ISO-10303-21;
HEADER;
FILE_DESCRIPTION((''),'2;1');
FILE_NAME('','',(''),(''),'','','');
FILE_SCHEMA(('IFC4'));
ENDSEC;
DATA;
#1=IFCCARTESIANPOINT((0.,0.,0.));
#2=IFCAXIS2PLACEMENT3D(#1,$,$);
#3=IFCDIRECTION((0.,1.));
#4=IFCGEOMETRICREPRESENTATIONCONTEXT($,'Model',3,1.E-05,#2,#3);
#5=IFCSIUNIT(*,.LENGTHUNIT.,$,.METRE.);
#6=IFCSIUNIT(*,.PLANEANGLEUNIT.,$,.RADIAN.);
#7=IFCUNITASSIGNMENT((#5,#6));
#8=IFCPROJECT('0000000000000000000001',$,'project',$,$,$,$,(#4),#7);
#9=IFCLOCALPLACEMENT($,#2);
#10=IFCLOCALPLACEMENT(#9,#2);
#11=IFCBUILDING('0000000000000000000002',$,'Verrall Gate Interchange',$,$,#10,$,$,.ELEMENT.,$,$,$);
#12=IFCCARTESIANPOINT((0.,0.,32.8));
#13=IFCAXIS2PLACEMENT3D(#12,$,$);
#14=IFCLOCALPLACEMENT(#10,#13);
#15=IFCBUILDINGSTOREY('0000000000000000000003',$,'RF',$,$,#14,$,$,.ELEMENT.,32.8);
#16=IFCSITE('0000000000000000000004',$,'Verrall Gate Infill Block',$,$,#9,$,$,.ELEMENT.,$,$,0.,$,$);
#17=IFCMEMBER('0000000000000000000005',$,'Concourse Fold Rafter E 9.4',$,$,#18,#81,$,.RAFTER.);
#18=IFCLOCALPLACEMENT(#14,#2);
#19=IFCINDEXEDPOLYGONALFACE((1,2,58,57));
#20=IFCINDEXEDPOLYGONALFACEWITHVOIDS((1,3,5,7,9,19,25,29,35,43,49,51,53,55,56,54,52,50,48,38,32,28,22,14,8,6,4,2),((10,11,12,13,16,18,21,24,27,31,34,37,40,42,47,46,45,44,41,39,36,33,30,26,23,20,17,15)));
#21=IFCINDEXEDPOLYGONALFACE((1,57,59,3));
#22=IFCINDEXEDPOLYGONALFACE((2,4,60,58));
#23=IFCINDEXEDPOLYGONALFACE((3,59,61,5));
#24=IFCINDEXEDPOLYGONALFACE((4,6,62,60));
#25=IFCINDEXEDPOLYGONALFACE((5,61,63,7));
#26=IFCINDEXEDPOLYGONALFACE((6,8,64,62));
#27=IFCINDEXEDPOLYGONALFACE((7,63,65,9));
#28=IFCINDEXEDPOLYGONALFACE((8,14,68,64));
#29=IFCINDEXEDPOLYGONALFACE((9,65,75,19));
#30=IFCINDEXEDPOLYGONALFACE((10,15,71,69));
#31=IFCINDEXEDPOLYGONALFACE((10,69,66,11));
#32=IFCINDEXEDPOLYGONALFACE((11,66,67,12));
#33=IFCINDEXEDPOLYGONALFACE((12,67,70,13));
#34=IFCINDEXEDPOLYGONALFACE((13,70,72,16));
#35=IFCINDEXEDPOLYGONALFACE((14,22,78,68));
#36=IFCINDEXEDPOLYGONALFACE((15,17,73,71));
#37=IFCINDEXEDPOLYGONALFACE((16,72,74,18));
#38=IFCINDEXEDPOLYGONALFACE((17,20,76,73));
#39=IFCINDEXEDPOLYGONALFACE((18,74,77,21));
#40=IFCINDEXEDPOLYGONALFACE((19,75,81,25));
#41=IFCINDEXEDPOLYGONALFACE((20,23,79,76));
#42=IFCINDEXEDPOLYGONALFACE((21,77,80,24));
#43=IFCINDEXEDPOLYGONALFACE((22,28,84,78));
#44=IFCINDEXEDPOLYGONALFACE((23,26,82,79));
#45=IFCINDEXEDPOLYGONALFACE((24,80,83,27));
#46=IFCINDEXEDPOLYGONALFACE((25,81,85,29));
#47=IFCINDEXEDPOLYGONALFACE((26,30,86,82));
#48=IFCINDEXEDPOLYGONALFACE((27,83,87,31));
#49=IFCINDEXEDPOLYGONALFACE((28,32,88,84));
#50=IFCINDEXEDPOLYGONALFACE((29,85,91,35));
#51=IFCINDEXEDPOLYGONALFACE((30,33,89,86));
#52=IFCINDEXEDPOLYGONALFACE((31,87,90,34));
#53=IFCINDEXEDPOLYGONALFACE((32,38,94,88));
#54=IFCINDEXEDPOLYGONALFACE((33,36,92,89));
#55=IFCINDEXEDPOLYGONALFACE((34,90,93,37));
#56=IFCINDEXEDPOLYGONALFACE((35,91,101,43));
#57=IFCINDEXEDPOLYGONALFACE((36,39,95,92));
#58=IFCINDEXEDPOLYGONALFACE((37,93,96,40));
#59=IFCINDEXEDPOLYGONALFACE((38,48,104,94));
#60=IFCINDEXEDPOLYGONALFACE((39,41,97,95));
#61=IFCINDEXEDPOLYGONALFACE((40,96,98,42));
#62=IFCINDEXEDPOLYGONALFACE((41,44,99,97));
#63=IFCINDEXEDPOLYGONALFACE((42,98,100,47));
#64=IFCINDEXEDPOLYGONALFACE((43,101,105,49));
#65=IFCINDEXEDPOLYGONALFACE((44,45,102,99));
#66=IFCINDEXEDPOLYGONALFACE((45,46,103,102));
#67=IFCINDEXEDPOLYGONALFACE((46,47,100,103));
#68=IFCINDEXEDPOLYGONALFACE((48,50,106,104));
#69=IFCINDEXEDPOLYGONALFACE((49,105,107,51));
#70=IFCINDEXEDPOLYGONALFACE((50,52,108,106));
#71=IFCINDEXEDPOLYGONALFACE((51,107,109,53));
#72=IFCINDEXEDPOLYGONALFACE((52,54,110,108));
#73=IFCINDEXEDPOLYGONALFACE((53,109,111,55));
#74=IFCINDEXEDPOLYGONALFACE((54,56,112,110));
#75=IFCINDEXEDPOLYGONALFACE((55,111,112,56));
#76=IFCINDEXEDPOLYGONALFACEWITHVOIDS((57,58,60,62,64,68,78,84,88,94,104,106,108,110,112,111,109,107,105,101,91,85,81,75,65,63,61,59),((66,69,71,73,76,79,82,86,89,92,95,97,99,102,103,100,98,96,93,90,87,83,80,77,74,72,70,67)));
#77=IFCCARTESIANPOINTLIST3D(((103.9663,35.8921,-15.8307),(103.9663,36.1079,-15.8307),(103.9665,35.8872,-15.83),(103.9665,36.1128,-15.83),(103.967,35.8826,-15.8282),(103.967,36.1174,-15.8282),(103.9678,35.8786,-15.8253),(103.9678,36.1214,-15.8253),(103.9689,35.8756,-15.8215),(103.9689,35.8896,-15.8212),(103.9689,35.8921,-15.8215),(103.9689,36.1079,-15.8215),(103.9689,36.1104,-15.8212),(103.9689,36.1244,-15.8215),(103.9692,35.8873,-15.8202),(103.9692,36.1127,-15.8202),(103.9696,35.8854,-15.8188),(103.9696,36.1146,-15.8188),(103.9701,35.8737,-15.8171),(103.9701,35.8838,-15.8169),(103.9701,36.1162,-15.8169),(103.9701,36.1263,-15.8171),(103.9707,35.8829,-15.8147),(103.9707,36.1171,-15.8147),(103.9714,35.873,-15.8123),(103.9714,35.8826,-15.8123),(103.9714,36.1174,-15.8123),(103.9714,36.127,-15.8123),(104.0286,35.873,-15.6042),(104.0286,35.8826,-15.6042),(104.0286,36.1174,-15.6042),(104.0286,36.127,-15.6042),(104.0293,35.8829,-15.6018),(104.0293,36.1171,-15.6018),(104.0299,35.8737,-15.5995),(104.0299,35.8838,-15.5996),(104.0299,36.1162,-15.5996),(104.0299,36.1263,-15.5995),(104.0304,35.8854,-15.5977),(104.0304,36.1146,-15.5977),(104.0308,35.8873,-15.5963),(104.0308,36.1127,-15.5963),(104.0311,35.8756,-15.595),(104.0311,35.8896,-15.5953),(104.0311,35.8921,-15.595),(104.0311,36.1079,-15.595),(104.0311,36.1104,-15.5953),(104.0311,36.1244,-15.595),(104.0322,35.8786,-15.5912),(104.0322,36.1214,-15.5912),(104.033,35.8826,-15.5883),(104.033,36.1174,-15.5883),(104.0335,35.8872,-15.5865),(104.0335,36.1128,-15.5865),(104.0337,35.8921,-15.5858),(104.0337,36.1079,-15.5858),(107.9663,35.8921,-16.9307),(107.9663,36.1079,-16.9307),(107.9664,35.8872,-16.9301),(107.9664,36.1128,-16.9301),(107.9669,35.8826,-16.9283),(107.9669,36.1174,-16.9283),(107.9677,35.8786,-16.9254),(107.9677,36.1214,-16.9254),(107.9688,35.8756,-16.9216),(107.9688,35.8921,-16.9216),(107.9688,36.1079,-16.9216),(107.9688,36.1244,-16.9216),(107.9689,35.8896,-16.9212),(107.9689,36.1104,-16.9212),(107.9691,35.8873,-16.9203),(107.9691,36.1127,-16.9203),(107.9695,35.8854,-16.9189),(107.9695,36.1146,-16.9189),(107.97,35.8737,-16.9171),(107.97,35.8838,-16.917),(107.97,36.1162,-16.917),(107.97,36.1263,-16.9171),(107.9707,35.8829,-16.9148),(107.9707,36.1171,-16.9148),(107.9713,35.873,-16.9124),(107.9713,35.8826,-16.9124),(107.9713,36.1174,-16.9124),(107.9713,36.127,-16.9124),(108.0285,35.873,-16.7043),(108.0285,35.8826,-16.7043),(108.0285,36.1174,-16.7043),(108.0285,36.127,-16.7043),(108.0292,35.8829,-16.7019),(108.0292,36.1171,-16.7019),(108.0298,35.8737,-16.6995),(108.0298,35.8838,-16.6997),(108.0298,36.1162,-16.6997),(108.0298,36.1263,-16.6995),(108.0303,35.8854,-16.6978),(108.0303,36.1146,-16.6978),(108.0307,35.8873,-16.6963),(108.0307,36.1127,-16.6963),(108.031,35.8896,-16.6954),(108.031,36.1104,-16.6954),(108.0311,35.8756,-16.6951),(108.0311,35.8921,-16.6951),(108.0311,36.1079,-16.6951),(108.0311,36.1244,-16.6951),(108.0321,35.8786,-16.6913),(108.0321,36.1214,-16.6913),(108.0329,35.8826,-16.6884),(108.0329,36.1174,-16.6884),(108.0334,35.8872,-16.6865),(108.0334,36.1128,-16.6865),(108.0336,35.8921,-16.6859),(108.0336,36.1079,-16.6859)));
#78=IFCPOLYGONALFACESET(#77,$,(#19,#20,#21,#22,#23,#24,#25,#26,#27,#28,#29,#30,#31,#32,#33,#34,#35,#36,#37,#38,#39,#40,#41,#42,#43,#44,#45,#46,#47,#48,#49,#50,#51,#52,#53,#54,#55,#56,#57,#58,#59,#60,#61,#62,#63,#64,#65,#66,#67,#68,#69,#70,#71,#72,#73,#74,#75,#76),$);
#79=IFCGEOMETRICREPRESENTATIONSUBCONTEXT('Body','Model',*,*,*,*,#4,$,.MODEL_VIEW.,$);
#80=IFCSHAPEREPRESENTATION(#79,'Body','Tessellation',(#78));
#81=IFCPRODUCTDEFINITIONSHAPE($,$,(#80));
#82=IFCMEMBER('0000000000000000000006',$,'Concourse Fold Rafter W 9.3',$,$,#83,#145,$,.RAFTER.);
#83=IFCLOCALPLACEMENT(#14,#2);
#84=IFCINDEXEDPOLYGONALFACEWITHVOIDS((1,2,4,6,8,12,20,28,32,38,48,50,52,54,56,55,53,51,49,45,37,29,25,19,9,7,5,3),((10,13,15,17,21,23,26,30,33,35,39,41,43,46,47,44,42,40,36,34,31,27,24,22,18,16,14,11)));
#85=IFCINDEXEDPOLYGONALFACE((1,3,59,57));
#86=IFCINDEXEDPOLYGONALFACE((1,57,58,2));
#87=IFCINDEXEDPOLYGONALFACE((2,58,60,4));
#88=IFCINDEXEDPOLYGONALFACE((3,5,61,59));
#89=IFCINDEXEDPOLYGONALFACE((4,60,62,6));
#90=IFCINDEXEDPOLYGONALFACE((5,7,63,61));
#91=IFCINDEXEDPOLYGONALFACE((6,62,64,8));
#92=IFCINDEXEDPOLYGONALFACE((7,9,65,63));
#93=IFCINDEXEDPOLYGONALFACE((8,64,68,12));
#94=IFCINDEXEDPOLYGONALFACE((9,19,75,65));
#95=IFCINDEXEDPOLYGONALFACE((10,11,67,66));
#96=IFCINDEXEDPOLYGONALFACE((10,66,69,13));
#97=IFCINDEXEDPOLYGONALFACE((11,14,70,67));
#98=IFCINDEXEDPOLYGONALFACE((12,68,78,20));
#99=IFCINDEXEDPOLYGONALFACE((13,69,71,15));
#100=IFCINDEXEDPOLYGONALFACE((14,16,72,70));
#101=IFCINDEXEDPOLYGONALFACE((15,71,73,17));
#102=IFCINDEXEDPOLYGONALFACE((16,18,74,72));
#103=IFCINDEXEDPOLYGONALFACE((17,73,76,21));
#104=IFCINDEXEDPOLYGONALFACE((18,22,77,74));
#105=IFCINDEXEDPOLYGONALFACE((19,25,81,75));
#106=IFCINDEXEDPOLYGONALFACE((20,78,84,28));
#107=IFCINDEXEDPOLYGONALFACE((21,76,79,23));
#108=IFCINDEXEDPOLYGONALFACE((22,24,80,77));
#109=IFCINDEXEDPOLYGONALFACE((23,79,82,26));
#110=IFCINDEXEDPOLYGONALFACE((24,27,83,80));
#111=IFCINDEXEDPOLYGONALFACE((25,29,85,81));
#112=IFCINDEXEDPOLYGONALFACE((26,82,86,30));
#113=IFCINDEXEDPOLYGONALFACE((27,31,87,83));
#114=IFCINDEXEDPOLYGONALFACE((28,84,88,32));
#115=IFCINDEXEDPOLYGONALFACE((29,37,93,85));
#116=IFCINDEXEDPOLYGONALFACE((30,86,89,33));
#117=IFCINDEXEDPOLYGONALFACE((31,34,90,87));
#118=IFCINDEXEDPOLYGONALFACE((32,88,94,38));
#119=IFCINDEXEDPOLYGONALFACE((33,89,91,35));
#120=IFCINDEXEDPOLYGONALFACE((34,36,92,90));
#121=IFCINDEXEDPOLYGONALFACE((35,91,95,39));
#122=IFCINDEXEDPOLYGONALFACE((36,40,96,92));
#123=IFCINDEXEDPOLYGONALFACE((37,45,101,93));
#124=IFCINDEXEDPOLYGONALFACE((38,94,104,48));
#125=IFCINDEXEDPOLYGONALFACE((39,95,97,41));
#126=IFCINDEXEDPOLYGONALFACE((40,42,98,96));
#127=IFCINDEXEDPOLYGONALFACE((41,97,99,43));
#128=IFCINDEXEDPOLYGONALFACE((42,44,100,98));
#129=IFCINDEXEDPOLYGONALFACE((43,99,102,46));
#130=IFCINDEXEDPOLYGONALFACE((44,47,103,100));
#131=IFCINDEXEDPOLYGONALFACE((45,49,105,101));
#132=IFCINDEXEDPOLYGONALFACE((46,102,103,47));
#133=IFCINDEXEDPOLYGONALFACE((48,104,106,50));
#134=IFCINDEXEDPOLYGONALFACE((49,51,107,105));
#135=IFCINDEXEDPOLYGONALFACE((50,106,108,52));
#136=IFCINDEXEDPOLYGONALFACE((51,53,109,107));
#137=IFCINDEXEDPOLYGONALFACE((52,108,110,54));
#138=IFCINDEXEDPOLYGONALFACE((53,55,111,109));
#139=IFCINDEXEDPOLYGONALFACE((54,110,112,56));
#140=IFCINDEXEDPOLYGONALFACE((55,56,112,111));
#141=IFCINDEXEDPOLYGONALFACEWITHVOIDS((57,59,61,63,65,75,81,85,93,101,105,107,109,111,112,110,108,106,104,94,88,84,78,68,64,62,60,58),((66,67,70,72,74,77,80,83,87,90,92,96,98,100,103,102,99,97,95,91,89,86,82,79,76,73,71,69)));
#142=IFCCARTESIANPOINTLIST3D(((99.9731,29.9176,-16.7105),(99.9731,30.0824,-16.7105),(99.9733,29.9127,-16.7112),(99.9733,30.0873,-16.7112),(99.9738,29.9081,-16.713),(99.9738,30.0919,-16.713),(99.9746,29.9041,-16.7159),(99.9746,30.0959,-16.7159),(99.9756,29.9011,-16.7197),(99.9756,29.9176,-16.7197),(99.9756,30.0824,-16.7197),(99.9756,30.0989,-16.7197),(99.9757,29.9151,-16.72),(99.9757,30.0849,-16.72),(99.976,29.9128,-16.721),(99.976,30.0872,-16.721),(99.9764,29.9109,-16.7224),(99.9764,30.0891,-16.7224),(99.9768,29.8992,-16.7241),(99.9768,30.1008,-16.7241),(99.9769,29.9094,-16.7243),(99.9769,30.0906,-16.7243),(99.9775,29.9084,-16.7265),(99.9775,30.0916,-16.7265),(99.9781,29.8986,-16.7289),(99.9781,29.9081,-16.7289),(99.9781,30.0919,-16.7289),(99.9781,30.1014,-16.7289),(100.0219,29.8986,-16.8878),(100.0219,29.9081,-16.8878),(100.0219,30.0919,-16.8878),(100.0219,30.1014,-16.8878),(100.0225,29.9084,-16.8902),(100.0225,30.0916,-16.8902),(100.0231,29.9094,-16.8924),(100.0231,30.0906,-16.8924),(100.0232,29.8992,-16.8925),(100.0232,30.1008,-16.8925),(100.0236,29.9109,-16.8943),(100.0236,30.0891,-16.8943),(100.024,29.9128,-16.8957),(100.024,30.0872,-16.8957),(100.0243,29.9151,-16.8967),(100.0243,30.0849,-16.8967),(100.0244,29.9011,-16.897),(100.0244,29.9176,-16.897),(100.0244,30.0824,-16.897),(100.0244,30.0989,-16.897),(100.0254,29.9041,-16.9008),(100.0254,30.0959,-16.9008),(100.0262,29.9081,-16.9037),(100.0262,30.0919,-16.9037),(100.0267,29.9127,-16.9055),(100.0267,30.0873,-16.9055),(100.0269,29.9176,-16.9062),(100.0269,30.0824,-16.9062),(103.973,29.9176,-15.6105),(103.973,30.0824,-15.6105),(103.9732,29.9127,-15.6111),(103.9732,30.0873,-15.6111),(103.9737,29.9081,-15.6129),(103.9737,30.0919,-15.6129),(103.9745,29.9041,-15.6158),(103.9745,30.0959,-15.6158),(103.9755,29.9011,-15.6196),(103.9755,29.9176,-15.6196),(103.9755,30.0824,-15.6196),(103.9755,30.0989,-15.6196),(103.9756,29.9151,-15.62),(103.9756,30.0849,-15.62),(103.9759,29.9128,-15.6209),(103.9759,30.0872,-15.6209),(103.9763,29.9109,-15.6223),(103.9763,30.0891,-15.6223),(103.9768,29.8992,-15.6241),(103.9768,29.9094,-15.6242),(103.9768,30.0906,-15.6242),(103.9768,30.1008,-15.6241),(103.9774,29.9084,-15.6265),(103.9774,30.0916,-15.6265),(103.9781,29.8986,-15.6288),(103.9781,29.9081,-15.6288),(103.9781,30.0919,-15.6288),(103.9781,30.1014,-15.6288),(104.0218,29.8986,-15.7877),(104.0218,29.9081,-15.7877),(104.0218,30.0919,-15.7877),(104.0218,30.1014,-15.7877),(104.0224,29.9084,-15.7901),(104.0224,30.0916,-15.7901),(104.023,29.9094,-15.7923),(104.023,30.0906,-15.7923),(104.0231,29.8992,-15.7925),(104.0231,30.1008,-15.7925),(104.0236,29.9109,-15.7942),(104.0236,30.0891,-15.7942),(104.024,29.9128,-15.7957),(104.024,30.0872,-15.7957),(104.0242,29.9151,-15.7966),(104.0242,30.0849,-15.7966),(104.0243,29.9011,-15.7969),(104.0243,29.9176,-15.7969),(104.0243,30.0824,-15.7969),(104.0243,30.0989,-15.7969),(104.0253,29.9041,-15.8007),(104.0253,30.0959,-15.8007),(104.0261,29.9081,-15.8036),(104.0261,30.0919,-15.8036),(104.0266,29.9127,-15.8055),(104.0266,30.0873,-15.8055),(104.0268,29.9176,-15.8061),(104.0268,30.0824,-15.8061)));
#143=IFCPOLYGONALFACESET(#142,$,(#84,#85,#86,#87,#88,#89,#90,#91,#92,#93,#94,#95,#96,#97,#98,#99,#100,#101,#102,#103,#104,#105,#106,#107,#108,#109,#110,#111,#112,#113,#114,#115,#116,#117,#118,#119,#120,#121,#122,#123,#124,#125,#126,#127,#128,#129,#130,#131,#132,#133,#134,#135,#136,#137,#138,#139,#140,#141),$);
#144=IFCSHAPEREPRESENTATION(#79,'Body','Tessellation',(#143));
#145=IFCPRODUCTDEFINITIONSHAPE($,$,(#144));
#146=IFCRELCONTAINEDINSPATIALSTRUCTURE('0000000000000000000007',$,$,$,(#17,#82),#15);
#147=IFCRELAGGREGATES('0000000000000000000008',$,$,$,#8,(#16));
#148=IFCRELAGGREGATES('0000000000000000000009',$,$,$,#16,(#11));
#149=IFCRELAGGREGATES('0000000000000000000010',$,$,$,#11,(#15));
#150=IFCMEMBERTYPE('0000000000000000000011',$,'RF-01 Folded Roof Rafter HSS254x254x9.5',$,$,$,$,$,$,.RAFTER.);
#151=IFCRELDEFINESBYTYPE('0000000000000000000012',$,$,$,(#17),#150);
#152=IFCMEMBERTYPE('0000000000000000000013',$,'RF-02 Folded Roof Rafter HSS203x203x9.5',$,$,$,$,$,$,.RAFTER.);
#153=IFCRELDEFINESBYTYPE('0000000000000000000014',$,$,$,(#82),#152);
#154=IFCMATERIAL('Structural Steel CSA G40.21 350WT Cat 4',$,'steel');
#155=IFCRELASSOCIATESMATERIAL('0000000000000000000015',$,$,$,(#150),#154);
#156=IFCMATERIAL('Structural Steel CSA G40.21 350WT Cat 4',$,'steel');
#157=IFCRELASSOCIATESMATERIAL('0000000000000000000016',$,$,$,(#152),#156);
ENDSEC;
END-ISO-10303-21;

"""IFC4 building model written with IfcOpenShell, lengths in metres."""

from ifc_helpers import new_model, si_unit, direction, frame, origin, origin_2d, place, context, subcontext, project, spatial, hollow_rectangle, extrude, material, material_profile, profile_set, type_object, element, save


model = new_model("IFC4")

# Units and contexts
model_context = context("Model", 3, precision=1e-05, world=origin(), true_north=direction((0.0, 1.0)))
body_context = subcontext(model_context, "Body", "Model", "MODEL_VIEW")
ifc_project = project(units=[si_unit("LENGTHUNIT", "METRE"), si_unit("PLANEANGLEUNIT", "RADIAN")], contexts=[model_context])

# Site, building, storey
site_placement = place(None, origin())
site = spatial("IfcSite", under=ifc_project, at=site_placement, Name="Verrall Gate Infill Block", CompositionType="ELEMENT", RefElevation=0.0)
building_placement = place(site_placement, origin())
building = spatial("IfcBuilding", under=site, at=building_placement, Name="Verrall Gate Interchange", CompositionType="ELEMENT")
storey_placement = place(building_placement, frame((0.0, 0.0, 32.8)))
storey = spatial("IfcBuildingStorey", under=building, at=storey_placement, Name="RF", CompositionType="ELEMENT", Elevation=32.8)

# Members
ifc_material_1 = material(Name="Structural Steel CSA G40.21 350WT Cat 4", Category="steel")
ifc_material_profile_1 = material_profile(ifc_material_1, hollow_rectangle(XDim=0.2539, YDim=0.2539, WallThickness=0.0095, InnerFilletRadius=0.0095, OuterFilletRadius=0.019, at=origin_2d()), Name="HSS254x254x9.5")
ifc_profile_set_1 = profile_set([ifc_material_profile_1], Name="Structural Steel CSA G40.21 350WT Cat 4")
member_type_1 = type_object("IfcMemberType", Name="RF-01 Folded Roof Rafter HSS254x254x9.5", PredefinedType="RAFTER", material=ifc_profile_set_1)
for number, where, z_axis, x_axis, name in (
    (1, (104.0, 36.0, -15.7083), (0.964199, 0.0, -0.265178), (0.0, 1.0, 0.0), "Concourse Fold Rafter E 9.4"),
):
    element("IfcMember", number, at=place(storey_placement, frame(where, z_axis=z_axis, x_axis=x_axis)), inside=storey, type_object=member_type_1, Name=name, PredefinedType="RAFTER", context=body_context, shape_type="SweptSolid", body=[
        extrude(hollow_rectangle(XDim=0.2539, YDim=0.2539, WallThickness=0.0095, InnerFilletRadius=0.0095, OuterFilletRadius=0.019, at=origin_2d()), origin(), (0.0, 0.0, 1.0), 4.1484),
    ])
ifc_material_2 = material(Name="Structural Steel CSA G40.21 350WT Cat 4", Category="steel")
ifc_material_profile_2 = material_profile(ifc_material_2, hollow_rectangle(XDim=0.2029, YDim=0.2029, WallThickness=0.0095, InnerFilletRadius=0.0095, OuterFilletRadius=0.019, at=origin_2d()), Name="HSS203x203x9.5")
ifc_profile_set_2 = profile_set([ifc_material_profile_2], Name="Structural Steel CSA G40.21 350WT Cat 4")
member_type_2 = type_object("IfcMemberType", Name="RF-02 Folded Roof Rafter HSS203x203x9.5", PredefinedType="RAFTER", material=ifc_profile_set_2)
for number, where, z_axis, x_axis, name in (
    (2, (100.0, 30.0, -16.8083), (0.964199, 0.0, 0.265178), (0.0, 1.0, 0.0), "Concourse Fold Rafter W 9.3"),
):
    element("IfcMember", number, at=place(storey_placement, frame(where, z_axis=z_axis, x_axis=x_axis)), inside=storey, type_object=member_type_2, Name=name, PredefinedType="RAFTER", context=body_context, shape_type="SweptSolid", body=[
        extrude(hollow_rectangle(XDim=0.2029, YDim=0.2029, WallThickness=0.0095, InnerFilletRadius=0.0095, OuterFilletRadius=0.019, at=origin_2d()), origin(), (0.0, 0.0, 1.0), 4.1484),
    ])

save(model, "model.ifc")
